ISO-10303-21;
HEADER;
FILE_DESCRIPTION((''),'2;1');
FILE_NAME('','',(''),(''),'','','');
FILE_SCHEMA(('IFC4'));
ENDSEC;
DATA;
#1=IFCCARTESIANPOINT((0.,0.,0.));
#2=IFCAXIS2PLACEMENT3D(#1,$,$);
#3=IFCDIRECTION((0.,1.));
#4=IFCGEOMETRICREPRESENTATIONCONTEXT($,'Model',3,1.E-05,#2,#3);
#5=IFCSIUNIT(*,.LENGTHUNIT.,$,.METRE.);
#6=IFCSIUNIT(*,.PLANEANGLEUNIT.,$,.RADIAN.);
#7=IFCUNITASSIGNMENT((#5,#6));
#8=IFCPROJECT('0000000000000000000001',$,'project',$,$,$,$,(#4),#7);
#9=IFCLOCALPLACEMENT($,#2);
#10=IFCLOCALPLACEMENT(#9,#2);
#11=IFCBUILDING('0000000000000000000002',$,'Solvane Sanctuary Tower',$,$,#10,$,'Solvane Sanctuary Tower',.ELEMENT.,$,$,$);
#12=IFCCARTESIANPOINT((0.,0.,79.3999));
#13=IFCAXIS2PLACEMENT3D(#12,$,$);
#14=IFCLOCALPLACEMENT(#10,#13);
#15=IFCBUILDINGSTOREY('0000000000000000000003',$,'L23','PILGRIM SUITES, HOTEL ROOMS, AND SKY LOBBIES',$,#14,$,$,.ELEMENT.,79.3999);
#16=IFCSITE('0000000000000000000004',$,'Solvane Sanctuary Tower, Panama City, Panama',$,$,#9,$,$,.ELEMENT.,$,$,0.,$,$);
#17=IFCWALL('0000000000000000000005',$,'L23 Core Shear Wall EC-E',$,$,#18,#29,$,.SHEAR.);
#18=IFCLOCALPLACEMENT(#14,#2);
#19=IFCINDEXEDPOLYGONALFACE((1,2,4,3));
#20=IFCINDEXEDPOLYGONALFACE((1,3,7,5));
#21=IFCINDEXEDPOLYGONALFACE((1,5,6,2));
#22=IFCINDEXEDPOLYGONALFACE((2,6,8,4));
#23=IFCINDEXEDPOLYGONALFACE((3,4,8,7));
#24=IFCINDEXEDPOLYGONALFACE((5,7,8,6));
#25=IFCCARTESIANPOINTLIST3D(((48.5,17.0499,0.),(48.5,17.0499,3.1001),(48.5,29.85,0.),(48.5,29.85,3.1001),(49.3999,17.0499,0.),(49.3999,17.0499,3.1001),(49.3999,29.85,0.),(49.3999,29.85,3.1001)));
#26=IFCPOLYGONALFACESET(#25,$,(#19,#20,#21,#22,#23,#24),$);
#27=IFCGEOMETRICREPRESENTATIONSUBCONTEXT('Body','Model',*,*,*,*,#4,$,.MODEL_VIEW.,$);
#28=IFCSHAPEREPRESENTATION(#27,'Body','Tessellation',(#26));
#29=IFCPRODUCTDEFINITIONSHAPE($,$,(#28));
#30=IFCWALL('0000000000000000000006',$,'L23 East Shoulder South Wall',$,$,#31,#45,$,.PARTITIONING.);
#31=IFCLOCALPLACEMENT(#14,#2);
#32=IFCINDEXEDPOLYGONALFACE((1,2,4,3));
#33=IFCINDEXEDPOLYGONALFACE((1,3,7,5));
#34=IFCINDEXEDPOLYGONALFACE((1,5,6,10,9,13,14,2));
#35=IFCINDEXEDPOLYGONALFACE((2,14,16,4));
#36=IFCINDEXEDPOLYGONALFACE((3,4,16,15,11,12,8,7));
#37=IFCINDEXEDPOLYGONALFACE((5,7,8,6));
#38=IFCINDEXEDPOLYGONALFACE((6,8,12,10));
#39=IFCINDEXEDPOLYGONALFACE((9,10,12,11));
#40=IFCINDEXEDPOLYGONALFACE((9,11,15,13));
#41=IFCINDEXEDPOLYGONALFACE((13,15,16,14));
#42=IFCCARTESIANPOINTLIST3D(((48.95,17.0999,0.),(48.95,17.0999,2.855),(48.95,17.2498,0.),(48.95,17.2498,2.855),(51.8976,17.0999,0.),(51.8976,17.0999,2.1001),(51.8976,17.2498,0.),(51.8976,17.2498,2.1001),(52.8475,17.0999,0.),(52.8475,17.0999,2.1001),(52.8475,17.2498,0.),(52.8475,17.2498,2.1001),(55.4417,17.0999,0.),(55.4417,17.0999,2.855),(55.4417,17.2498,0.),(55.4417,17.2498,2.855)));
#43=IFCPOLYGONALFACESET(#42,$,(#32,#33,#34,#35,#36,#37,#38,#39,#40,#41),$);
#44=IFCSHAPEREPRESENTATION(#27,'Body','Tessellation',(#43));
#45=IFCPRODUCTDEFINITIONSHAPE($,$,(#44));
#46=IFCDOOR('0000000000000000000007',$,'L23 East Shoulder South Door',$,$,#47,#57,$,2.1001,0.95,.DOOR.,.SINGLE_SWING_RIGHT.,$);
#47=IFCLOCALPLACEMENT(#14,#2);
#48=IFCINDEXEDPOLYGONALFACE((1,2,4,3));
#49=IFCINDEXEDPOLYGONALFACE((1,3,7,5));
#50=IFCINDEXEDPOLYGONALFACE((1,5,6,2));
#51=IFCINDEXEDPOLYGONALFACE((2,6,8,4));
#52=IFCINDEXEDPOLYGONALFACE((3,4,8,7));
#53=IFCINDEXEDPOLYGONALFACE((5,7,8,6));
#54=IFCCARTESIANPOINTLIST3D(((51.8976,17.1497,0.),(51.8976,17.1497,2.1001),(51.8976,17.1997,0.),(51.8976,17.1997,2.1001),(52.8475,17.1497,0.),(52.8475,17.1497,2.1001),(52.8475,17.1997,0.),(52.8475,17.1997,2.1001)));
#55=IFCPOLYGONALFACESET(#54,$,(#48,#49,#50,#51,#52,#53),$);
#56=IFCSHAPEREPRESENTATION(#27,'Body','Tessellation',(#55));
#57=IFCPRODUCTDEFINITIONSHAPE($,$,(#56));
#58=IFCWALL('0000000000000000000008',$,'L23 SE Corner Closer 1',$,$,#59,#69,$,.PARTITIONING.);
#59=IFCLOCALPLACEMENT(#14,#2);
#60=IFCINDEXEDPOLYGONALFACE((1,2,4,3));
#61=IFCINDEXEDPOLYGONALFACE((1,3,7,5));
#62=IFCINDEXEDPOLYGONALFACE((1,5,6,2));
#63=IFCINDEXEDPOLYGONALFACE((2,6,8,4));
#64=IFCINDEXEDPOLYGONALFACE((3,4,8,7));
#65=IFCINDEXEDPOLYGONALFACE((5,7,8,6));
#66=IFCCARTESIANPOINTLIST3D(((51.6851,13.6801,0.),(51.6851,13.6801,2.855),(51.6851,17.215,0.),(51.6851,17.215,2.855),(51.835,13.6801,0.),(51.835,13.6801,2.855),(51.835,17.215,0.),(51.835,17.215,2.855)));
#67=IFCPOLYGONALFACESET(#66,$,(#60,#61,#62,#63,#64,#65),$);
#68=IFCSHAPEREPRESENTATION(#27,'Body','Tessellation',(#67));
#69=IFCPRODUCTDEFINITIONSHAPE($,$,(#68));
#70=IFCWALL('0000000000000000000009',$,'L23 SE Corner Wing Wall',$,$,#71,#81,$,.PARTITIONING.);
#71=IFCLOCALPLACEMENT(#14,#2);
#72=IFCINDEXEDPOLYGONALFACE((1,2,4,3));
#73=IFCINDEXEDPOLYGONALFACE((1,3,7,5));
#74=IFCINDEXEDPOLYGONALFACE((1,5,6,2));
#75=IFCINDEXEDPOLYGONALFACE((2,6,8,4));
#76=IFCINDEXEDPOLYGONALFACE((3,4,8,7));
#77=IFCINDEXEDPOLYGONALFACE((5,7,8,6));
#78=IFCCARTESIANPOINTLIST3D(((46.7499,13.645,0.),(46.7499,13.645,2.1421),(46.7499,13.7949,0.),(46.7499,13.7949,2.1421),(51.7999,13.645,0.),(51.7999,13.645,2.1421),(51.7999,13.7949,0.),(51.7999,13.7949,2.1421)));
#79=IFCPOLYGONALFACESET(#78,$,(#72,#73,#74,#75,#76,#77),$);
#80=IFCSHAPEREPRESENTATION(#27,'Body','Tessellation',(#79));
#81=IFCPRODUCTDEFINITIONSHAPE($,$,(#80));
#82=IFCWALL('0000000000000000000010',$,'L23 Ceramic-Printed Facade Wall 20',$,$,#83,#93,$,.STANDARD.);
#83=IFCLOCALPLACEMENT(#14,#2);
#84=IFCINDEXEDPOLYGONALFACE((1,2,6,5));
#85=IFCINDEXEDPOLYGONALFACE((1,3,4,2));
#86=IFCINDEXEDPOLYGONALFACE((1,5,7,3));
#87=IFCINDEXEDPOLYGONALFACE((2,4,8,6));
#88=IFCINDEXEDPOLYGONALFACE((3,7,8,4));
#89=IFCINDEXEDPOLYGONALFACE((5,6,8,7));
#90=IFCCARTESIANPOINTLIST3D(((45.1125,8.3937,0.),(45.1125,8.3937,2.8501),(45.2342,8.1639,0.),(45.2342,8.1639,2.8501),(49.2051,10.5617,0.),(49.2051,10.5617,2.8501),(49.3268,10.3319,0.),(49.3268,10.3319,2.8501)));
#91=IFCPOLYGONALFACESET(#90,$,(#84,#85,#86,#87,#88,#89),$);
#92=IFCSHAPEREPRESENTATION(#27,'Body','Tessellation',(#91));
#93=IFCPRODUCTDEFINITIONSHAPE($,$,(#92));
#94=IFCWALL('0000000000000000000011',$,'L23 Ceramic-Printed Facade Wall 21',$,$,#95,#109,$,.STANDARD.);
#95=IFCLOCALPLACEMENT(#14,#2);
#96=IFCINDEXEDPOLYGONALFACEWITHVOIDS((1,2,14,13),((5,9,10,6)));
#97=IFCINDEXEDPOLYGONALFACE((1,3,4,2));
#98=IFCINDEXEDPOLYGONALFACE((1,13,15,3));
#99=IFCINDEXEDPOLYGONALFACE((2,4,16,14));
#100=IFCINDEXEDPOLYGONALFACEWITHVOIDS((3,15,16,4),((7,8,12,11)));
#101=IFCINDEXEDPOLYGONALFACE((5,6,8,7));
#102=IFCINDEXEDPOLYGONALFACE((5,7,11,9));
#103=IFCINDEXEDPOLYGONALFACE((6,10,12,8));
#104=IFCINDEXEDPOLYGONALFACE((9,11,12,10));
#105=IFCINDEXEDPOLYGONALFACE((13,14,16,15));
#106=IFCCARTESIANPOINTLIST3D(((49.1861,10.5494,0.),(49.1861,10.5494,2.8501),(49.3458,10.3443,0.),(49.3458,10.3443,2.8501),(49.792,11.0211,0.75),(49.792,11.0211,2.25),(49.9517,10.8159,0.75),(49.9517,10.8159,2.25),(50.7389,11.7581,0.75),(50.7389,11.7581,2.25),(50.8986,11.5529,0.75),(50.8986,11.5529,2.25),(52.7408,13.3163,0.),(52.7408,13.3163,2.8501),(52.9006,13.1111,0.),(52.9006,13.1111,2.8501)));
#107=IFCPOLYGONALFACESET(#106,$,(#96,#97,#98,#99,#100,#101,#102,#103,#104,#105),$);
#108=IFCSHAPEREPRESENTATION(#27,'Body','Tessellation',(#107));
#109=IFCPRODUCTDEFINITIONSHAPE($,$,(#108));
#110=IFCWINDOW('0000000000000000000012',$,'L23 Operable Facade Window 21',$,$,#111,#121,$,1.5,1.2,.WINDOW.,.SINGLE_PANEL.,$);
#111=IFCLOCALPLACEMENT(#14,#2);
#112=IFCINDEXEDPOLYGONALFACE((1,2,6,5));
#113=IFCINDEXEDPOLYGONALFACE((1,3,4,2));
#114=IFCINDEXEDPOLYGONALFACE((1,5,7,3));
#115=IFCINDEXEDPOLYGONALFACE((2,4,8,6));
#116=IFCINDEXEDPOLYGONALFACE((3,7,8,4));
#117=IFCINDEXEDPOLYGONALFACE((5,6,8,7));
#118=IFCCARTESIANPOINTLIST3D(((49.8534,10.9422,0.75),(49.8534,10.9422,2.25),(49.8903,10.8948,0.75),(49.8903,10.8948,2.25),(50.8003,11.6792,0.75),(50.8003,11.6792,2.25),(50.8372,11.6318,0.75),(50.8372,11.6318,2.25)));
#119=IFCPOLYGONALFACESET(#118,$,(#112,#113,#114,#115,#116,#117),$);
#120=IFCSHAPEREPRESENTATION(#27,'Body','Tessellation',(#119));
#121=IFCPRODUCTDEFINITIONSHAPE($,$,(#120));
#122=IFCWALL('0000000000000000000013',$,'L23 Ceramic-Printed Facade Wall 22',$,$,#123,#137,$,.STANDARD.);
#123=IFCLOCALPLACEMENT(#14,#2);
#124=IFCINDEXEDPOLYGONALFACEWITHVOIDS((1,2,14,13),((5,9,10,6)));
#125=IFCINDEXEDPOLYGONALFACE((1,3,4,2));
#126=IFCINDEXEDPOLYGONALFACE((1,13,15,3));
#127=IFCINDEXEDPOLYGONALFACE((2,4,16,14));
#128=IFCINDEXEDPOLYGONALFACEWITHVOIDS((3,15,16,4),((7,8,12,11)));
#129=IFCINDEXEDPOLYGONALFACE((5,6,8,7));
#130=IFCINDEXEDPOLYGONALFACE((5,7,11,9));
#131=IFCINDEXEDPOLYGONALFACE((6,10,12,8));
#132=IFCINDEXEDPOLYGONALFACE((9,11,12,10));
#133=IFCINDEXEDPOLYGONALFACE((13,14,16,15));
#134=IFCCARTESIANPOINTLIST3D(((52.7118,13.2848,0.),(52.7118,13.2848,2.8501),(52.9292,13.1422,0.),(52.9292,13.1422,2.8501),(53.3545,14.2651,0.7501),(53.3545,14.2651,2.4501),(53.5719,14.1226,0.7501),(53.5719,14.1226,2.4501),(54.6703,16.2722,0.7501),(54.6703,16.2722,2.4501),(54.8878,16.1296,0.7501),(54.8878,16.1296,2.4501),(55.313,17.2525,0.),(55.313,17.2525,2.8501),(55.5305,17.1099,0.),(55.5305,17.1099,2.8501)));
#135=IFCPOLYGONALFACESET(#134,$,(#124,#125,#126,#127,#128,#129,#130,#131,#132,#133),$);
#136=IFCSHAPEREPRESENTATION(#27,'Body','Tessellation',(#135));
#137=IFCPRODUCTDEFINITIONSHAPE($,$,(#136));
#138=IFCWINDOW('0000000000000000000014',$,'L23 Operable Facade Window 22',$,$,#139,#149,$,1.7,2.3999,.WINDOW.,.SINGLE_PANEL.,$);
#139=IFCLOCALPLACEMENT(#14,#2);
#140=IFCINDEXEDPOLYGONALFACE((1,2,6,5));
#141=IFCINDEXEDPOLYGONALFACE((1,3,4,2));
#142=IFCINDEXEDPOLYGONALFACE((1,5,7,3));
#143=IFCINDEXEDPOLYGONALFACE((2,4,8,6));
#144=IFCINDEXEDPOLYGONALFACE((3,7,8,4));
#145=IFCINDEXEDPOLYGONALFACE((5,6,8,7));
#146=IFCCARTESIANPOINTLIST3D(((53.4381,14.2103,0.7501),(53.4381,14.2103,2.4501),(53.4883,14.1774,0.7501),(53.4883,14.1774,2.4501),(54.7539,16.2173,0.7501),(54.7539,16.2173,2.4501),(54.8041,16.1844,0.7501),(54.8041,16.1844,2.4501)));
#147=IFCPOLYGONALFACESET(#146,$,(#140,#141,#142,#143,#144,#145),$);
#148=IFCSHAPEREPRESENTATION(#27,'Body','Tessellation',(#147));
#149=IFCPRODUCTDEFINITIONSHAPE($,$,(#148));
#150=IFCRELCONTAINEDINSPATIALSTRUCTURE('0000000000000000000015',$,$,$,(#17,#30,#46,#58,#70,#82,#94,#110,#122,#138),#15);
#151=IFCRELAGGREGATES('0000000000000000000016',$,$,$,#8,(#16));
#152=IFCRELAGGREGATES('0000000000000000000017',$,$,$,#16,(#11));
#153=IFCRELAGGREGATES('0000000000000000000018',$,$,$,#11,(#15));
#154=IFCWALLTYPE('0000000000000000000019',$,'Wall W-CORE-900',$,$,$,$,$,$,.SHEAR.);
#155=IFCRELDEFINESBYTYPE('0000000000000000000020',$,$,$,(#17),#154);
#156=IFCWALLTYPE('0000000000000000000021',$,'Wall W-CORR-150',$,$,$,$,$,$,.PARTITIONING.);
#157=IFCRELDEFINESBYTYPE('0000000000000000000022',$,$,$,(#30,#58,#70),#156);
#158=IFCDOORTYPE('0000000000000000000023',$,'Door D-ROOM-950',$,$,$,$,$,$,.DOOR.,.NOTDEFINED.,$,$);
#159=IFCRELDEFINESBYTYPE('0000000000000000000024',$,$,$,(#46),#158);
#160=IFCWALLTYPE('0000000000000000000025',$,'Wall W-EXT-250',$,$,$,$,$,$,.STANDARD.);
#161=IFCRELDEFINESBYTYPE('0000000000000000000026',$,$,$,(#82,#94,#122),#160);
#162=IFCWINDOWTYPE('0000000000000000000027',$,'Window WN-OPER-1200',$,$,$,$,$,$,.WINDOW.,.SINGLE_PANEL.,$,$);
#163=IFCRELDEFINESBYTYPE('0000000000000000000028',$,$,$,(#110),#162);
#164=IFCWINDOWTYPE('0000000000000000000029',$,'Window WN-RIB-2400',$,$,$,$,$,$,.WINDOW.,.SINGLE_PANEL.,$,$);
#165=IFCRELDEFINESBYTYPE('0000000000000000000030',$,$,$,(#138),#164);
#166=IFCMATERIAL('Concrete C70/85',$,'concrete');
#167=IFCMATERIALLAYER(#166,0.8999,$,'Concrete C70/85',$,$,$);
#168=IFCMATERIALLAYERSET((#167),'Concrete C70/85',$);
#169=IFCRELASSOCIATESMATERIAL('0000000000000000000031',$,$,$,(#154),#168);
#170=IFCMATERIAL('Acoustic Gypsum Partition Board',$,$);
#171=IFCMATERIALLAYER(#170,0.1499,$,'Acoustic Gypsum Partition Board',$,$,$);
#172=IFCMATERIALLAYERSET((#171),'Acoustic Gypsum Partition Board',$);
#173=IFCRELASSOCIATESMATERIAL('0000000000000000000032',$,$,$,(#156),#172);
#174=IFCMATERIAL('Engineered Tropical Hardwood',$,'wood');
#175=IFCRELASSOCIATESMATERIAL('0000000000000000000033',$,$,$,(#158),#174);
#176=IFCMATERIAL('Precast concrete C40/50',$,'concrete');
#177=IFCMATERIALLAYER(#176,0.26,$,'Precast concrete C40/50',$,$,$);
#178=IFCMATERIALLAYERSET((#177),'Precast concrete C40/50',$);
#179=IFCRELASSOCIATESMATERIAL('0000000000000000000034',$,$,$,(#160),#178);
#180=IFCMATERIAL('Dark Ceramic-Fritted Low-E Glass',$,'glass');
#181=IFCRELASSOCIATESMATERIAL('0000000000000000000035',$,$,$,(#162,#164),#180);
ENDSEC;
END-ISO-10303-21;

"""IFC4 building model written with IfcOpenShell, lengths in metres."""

from ifc_helpers import new_model, si_unit, direction, frame, frame_2d, origin, place, context, subcontext, project, spatial, rectangle, extrude, material, layer, layer_set, type_object, element, fill, save


model = new_model("IFC4")

# Units and contexts
model_context = context("Model", 3, precision=1e-05, world=origin(), true_north=direction((0.0, 1.0)))
body_context = subcontext(model_context, "Body", "Model", "MODEL_VIEW")
ifc_project = project(units=[si_unit("LENGTHUNIT", "METRE"), si_unit("PLANEANGLEUNIT", "RADIAN")], contexts=[model_context])

# Site, building, storey
site_placement = place(None, origin())
site = spatial("IfcSite", under=ifc_project, at=site_placement, Name="Solvane Sanctuary Tower, Panama City, Panama", CompositionType="ELEMENT", RefElevation=0.0)
building_placement = place(site_placement, origin())
building = spatial("IfcBuilding", under=site, at=building_placement, Name="Solvane Sanctuary Tower", LongName="Solvane Sanctuary Tower", CompositionType="ELEMENT")
storey_placement = place(building_placement, frame((0.0, 0.0, 79.3999)))
storey = spatial("IfcBuildingStorey", under=building, at=storey_placement, Name="L23", Description="PILGRIM SUITES, HOTEL ROOMS, AND SKY LOBBIES", CompositionType="ELEMENT", Elevation=79.3999)

# Shared definitions
ifc_material_1 = material(Name="Concrete C70/85", Category="concrete")

# Wall
ifc_layer_1 = layer(ifc_material_1, 0.8999, Name="Concrete C70/85")
ifc_layer_set_1 = layer_set([ifc_layer_1], Name="Concrete C70/85")
wall_type_1 = type_object("IfcWallType", Name="Wall W-CORE-900", PredefinedType="SHEAR", material=ifc_layer_set_1)
wall_1_placement = place(storey_placement, frame((48.95, 17.05, 0.0), z_axis=(0.0, 0.0, 1.0), x_axis=(0.0, 1.0, 0.0)))
element("IfcWall", 1, at=wall_1_placement, inside=storey, type_object=wall_type_1, Name="L23 Core Shear Wall EC-E", PredefinedType="SHEAR", context=body_context, shape_type="SweptSolid", body=[
    extrude(rectangle(XDim=12.8, YDim=0.8999, at=frame_2d((6.3999, 0.0))), origin(), (0.0, 0.0, 1.0), 3.1001),
])

# Wall, opening, door
ifc_material_2 = material(Name="Acoustic Gypsum Partition Board")
ifc_layer_2 = layer(ifc_material_2, 0.1499, Name="Acoustic Gypsum Partition Board")
ifc_layer_set_2 = layer_set([ifc_layer_2], Name="Acoustic Gypsum Partition Board")
wall_type_2 = type_object("IfcWallType", Name="Wall W-CORR-150", PredefinedType="PARTITIONING", material=ifc_layer_set_2)
wall_2_placement = place(storey_placement, frame((48.95, 17.1748, 0.0), z_axis=(0.0, 0.0, 1.0), x_axis=(1.0, 0.0, 0.0)))
wall_2 = element("IfcWall", 2, at=wall_2_placement, inside=storey, type_object=wall_type_2, Name="L23 East Shoulder South Wall", PredefinedType="PARTITIONING", context=body_context, shape_type="SweptSolid", body=[
    extrude(rectangle(XDim=6.4917, YDim=0.1499, at=frame_2d((3.2458, 0.0))), origin(), (0.0, 0.0, 1.0), 2.855),
])
opening_1_placement = place(wall_2_placement, frame((2.9475, 0.0, 0.0)))
opening_1 = element("IfcOpeningElement", 3, at=opening_1_placement, cuts=wall_2, PredefinedType="OPENING", context=body_context, shape_type="SweptSolid", body=[
    extrude(rectangle(XDim=0.95, YDim=2.1001, at=frame_2d((0.4751, 1.05))), frame((0.0, 0.085, 0.0), z_axis=(0.0, -1.0, 0.0), x_axis=(1.0, 0.0, 0.0)), (0.0, 0.0, 1.0), 0.1699),
])
ifc_material_3 = material(Name="Engineered Tropical Hardwood", Category="wood")
door_type_1 = type_object("IfcDoorType", Name="Door D-ROOM-950", OperationType="NOTDEFINED", PredefinedType="DOOR", material=ifc_material_3)
door_1_placement = place(opening_1_placement, origin())
door_1 = element("IfcDoor", 4, at=door_1_placement, inside=storey, type_object=door_type_1, Name="L23 East Shoulder South Door", OperationType="SINGLE_SWING_RIGHT", OverallHeight=2.1001, OverallWidth=0.95, PredefinedType="DOOR", context=body_context, shape_type="SweptSolid", body=[
    extrude(rectangle(XDim=0.95, YDim=2.1001, at=frame_2d((0.4751, 1.05))), frame((0.0, 0.0249, 0.0), z_axis=(0.0, -1.0, 0.0), x_axis=(1.0, 0.0, 0.0)), (0.0, 0.0, 1.0), 0.05),
])
fill(opening_1, door_1)

# Walls
wall_3_placement = place(storey_placement, frame((51.76, 13.6799, 0.0), z_axis=(0.0, 0.0, 1.0), x_axis=(0.0, 1.0, 0.0)))
element("IfcWall", 5, at=wall_3_placement, inside=storey, type_object=wall_type_2, Name="L23 SE Corner Closer 1", PredefinedType="PARTITIONING", context=body_context, shape_type="SweptSolid", body=[
    extrude(rectangle(XDim=3.5349, YDim=0.1499, at=frame_2d((1.7676, 0.0))), origin(), (0.0, 0.0, 1.0), 2.855),
])
wall_4_placement = place(storey_placement, frame((46.75, 13.72, 0.0), z_axis=(0.0, 0.0, 1.0), x_axis=(1.0, 0.0, 0.0)))
element("IfcWall", 6, at=wall_4_placement, inside=storey, type_object=wall_type_2, Name="L23 SE Corner Wing Wall", PredefinedType="PARTITIONING", context=body_context, shape_type="SweptSolid", body=[
    extrude(rectangle(XDim=5.05, YDim=0.1499, at=frame_2d((2.5249, 0.0))), origin(), (0.0, 0.0, 1.0), 2.1421),
])
ifc_material_4 = material(Name="Precast concrete C40/50", Category="concrete")
ifc_layer_3 = layer(ifc_material_4, 0.26, Name="Precast concrete C40/50")
ifc_layer_set_3 = layer_set([ifc_layer_3], Name="Precast concrete C40/50")
wall_type_3 = type_object("IfcWallType", Name="Wall W-EXT-250", PredefinedType="STANDARD", material=ifc_layer_set_3)
wall_5_placement = place(storey_placement, frame((45.1733, 8.2788, 0.0), z_axis=(0.0, 0.0, 1.0), x_axis=(0.883669, 0.468113, 0.0)))
element("IfcWall", 7, at=wall_5_placement, inside=storey, type_object=wall_type_3, Name="L23 Ceramic-Printed Facade Wall 20", PredefinedType="STANDARD", context=body_context, shape_type="SweptSolid", body=[
    extrude(rectangle(XDim=4.6313, YDim=0.26, at=frame_2d((2.3157, 0.0))), origin(), (0.0, 0.0, 1.0), 2.8501),
])

# Walls, openings, windows
wall_6_placement = place(storey_placement, frame((49.2659, 10.4468, 0.0), z_axis=(0.0, 0.0, 1.0), x_axis=(0.789127, 0.614229, 0.0)))
wall_6 = element("IfcWall", 8, at=wall_6_placement, inside=storey, type_object=wall_type_3, Name="L23 Ceramic-Printed Facade Wall 21", PredefinedType="STANDARD", context=body_context, shape_type="SweptSolid", body=[
    extrude(rectangle(XDim=4.5046, YDim=0.26, at=frame_2d((2.2524, 0.0))), origin(), (0.0, 0.0, 1.0), 2.8501),
])
opening_2_placement = place(wall_6_placement, frame((0.7678, 0.0, 0.75)))
opening_2 = element("IfcOpeningElement", 9, at=opening_2_placement, cuts=wall_6, PredefinedType="OPENING", context=body_context, shape_type="SweptSolid", body=[
    extrude(rectangle(XDim=1.2, YDim=1.5, at=frame_2d((0.6001, 0.75))), frame((0.0, 0.1399, 0.0), z_axis=(0.0, -1.0, 0.0), x_axis=(1.0, 0.0, 0.0)), (0.0, 0.0, 1.0), 0.28),
])
ifc_material_5 = material(Name="Dark Ceramic-Fritted Low-E Glass", Category="glass")
window_type_1 = type_object("IfcWindowType", Name="Window WN-OPER-1200", PartitioningType="SINGLE_PANEL", PredefinedType="WINDOW", material=ifc_material_5)
window_1_placement = place(opening_2_placement, origin())
window_1 = element("IfcWindow", 10, at=window_1_placement, inside=storey, type_object=window_type_1, Name="L23 Operable Facade Window 21", OverallHeight=1.5, OverallWidth=1.2, PartitioningType="SINGLE_PANEL", PredefinedType="WINDOW", context=body_context, shape_type="SweptSolid", body=[
    extrude(rectangle(XDim=1.2, YDim=1.5, at=frame_2d((0.6001, 0.75))), frame((0.0, 0.03, 0.0), z_axis=(0.0, -1.0, 0.0), x_axis=(1.0, 0.0, 0.0)), (0.0, 0.0, 1.0), 0.0601),
])
fill(opening_2, window_1)
wall_7_placement = place(storey_placement, frame((52.8206, 13.2136, 0.0), z_axis=(0.0, 0.0, 1.0), x_axis=(0.548283, 0.836293, 0.0)))
wall_7 = element("IfcWall", 11, at=wall_7_placement, inside=storey, type_object=wall_type_3, Name="L23 Ceramic-Printed Facade Wall 22", PredefinedType="STANDARD", context=body_context, shape_type="SweptSolid", body=[
    extrude(rectangle(XDim=4.7444, YDim=0.26, at=frame_2d((2.3721, 0.0))), origin(), (0.0, 0.0, 1.0), 2.8501),
])
opening_3_placement = place(wall_7_placement, frame((1.1721, 0.0, 0.75)))
opening_3 = element("IfcOpeningElement", 12, at=opening_3_placement, cuts=wall_7, PredefinedType="OPENING", context=body_context, shape_type="SweptSolid", body=[
    extrude(rectangle(XDim=2.3999, YDim=1.7, at=frame_2d((1.2, 0.8501))), frame((0.0, 0.1399, 0.0), z_axis=(0.0, -1.0, 0.0), x_axis=(1.0, 0.0, 0.0)), (0.0, 0.0, 1.0), 0.28),
])
window_type_2 = type_object("IfcWindowType", Name="Window WN-RIB-2400", PartitioningType="SINGLE_PANEL", PredefinedType="WINDOW", material=ifc_material_5)
window_2_placement = place(opening_3_placement, origin())
window_2 = element("IfcWindow", 13, at=window_2_placement, inside=storey, type_object=window_type_2, Name="L23 Operable Facade Window 22", OverallHeight=1.7, OverallWidth=2.3999, PartitioningType="SINGLE_PANEL", PredefinedType="WINDOW", context=body_context, shape_type="SweptSolid", body=[
    extrude(rectangle(XDim=2.3999, YDim=1.7, at=frame_2d((1.2, 0.8501))), frame((0.0, 0.03, 0.0), z_axis=(0.0, -1.0, 0.0), x_axis=(1.0, 0.0, 0.0)), (0.0, 0.0, 1.0), 0.0601),
])
fill(opening_3, window_2)

save(model, "model.ifc")
